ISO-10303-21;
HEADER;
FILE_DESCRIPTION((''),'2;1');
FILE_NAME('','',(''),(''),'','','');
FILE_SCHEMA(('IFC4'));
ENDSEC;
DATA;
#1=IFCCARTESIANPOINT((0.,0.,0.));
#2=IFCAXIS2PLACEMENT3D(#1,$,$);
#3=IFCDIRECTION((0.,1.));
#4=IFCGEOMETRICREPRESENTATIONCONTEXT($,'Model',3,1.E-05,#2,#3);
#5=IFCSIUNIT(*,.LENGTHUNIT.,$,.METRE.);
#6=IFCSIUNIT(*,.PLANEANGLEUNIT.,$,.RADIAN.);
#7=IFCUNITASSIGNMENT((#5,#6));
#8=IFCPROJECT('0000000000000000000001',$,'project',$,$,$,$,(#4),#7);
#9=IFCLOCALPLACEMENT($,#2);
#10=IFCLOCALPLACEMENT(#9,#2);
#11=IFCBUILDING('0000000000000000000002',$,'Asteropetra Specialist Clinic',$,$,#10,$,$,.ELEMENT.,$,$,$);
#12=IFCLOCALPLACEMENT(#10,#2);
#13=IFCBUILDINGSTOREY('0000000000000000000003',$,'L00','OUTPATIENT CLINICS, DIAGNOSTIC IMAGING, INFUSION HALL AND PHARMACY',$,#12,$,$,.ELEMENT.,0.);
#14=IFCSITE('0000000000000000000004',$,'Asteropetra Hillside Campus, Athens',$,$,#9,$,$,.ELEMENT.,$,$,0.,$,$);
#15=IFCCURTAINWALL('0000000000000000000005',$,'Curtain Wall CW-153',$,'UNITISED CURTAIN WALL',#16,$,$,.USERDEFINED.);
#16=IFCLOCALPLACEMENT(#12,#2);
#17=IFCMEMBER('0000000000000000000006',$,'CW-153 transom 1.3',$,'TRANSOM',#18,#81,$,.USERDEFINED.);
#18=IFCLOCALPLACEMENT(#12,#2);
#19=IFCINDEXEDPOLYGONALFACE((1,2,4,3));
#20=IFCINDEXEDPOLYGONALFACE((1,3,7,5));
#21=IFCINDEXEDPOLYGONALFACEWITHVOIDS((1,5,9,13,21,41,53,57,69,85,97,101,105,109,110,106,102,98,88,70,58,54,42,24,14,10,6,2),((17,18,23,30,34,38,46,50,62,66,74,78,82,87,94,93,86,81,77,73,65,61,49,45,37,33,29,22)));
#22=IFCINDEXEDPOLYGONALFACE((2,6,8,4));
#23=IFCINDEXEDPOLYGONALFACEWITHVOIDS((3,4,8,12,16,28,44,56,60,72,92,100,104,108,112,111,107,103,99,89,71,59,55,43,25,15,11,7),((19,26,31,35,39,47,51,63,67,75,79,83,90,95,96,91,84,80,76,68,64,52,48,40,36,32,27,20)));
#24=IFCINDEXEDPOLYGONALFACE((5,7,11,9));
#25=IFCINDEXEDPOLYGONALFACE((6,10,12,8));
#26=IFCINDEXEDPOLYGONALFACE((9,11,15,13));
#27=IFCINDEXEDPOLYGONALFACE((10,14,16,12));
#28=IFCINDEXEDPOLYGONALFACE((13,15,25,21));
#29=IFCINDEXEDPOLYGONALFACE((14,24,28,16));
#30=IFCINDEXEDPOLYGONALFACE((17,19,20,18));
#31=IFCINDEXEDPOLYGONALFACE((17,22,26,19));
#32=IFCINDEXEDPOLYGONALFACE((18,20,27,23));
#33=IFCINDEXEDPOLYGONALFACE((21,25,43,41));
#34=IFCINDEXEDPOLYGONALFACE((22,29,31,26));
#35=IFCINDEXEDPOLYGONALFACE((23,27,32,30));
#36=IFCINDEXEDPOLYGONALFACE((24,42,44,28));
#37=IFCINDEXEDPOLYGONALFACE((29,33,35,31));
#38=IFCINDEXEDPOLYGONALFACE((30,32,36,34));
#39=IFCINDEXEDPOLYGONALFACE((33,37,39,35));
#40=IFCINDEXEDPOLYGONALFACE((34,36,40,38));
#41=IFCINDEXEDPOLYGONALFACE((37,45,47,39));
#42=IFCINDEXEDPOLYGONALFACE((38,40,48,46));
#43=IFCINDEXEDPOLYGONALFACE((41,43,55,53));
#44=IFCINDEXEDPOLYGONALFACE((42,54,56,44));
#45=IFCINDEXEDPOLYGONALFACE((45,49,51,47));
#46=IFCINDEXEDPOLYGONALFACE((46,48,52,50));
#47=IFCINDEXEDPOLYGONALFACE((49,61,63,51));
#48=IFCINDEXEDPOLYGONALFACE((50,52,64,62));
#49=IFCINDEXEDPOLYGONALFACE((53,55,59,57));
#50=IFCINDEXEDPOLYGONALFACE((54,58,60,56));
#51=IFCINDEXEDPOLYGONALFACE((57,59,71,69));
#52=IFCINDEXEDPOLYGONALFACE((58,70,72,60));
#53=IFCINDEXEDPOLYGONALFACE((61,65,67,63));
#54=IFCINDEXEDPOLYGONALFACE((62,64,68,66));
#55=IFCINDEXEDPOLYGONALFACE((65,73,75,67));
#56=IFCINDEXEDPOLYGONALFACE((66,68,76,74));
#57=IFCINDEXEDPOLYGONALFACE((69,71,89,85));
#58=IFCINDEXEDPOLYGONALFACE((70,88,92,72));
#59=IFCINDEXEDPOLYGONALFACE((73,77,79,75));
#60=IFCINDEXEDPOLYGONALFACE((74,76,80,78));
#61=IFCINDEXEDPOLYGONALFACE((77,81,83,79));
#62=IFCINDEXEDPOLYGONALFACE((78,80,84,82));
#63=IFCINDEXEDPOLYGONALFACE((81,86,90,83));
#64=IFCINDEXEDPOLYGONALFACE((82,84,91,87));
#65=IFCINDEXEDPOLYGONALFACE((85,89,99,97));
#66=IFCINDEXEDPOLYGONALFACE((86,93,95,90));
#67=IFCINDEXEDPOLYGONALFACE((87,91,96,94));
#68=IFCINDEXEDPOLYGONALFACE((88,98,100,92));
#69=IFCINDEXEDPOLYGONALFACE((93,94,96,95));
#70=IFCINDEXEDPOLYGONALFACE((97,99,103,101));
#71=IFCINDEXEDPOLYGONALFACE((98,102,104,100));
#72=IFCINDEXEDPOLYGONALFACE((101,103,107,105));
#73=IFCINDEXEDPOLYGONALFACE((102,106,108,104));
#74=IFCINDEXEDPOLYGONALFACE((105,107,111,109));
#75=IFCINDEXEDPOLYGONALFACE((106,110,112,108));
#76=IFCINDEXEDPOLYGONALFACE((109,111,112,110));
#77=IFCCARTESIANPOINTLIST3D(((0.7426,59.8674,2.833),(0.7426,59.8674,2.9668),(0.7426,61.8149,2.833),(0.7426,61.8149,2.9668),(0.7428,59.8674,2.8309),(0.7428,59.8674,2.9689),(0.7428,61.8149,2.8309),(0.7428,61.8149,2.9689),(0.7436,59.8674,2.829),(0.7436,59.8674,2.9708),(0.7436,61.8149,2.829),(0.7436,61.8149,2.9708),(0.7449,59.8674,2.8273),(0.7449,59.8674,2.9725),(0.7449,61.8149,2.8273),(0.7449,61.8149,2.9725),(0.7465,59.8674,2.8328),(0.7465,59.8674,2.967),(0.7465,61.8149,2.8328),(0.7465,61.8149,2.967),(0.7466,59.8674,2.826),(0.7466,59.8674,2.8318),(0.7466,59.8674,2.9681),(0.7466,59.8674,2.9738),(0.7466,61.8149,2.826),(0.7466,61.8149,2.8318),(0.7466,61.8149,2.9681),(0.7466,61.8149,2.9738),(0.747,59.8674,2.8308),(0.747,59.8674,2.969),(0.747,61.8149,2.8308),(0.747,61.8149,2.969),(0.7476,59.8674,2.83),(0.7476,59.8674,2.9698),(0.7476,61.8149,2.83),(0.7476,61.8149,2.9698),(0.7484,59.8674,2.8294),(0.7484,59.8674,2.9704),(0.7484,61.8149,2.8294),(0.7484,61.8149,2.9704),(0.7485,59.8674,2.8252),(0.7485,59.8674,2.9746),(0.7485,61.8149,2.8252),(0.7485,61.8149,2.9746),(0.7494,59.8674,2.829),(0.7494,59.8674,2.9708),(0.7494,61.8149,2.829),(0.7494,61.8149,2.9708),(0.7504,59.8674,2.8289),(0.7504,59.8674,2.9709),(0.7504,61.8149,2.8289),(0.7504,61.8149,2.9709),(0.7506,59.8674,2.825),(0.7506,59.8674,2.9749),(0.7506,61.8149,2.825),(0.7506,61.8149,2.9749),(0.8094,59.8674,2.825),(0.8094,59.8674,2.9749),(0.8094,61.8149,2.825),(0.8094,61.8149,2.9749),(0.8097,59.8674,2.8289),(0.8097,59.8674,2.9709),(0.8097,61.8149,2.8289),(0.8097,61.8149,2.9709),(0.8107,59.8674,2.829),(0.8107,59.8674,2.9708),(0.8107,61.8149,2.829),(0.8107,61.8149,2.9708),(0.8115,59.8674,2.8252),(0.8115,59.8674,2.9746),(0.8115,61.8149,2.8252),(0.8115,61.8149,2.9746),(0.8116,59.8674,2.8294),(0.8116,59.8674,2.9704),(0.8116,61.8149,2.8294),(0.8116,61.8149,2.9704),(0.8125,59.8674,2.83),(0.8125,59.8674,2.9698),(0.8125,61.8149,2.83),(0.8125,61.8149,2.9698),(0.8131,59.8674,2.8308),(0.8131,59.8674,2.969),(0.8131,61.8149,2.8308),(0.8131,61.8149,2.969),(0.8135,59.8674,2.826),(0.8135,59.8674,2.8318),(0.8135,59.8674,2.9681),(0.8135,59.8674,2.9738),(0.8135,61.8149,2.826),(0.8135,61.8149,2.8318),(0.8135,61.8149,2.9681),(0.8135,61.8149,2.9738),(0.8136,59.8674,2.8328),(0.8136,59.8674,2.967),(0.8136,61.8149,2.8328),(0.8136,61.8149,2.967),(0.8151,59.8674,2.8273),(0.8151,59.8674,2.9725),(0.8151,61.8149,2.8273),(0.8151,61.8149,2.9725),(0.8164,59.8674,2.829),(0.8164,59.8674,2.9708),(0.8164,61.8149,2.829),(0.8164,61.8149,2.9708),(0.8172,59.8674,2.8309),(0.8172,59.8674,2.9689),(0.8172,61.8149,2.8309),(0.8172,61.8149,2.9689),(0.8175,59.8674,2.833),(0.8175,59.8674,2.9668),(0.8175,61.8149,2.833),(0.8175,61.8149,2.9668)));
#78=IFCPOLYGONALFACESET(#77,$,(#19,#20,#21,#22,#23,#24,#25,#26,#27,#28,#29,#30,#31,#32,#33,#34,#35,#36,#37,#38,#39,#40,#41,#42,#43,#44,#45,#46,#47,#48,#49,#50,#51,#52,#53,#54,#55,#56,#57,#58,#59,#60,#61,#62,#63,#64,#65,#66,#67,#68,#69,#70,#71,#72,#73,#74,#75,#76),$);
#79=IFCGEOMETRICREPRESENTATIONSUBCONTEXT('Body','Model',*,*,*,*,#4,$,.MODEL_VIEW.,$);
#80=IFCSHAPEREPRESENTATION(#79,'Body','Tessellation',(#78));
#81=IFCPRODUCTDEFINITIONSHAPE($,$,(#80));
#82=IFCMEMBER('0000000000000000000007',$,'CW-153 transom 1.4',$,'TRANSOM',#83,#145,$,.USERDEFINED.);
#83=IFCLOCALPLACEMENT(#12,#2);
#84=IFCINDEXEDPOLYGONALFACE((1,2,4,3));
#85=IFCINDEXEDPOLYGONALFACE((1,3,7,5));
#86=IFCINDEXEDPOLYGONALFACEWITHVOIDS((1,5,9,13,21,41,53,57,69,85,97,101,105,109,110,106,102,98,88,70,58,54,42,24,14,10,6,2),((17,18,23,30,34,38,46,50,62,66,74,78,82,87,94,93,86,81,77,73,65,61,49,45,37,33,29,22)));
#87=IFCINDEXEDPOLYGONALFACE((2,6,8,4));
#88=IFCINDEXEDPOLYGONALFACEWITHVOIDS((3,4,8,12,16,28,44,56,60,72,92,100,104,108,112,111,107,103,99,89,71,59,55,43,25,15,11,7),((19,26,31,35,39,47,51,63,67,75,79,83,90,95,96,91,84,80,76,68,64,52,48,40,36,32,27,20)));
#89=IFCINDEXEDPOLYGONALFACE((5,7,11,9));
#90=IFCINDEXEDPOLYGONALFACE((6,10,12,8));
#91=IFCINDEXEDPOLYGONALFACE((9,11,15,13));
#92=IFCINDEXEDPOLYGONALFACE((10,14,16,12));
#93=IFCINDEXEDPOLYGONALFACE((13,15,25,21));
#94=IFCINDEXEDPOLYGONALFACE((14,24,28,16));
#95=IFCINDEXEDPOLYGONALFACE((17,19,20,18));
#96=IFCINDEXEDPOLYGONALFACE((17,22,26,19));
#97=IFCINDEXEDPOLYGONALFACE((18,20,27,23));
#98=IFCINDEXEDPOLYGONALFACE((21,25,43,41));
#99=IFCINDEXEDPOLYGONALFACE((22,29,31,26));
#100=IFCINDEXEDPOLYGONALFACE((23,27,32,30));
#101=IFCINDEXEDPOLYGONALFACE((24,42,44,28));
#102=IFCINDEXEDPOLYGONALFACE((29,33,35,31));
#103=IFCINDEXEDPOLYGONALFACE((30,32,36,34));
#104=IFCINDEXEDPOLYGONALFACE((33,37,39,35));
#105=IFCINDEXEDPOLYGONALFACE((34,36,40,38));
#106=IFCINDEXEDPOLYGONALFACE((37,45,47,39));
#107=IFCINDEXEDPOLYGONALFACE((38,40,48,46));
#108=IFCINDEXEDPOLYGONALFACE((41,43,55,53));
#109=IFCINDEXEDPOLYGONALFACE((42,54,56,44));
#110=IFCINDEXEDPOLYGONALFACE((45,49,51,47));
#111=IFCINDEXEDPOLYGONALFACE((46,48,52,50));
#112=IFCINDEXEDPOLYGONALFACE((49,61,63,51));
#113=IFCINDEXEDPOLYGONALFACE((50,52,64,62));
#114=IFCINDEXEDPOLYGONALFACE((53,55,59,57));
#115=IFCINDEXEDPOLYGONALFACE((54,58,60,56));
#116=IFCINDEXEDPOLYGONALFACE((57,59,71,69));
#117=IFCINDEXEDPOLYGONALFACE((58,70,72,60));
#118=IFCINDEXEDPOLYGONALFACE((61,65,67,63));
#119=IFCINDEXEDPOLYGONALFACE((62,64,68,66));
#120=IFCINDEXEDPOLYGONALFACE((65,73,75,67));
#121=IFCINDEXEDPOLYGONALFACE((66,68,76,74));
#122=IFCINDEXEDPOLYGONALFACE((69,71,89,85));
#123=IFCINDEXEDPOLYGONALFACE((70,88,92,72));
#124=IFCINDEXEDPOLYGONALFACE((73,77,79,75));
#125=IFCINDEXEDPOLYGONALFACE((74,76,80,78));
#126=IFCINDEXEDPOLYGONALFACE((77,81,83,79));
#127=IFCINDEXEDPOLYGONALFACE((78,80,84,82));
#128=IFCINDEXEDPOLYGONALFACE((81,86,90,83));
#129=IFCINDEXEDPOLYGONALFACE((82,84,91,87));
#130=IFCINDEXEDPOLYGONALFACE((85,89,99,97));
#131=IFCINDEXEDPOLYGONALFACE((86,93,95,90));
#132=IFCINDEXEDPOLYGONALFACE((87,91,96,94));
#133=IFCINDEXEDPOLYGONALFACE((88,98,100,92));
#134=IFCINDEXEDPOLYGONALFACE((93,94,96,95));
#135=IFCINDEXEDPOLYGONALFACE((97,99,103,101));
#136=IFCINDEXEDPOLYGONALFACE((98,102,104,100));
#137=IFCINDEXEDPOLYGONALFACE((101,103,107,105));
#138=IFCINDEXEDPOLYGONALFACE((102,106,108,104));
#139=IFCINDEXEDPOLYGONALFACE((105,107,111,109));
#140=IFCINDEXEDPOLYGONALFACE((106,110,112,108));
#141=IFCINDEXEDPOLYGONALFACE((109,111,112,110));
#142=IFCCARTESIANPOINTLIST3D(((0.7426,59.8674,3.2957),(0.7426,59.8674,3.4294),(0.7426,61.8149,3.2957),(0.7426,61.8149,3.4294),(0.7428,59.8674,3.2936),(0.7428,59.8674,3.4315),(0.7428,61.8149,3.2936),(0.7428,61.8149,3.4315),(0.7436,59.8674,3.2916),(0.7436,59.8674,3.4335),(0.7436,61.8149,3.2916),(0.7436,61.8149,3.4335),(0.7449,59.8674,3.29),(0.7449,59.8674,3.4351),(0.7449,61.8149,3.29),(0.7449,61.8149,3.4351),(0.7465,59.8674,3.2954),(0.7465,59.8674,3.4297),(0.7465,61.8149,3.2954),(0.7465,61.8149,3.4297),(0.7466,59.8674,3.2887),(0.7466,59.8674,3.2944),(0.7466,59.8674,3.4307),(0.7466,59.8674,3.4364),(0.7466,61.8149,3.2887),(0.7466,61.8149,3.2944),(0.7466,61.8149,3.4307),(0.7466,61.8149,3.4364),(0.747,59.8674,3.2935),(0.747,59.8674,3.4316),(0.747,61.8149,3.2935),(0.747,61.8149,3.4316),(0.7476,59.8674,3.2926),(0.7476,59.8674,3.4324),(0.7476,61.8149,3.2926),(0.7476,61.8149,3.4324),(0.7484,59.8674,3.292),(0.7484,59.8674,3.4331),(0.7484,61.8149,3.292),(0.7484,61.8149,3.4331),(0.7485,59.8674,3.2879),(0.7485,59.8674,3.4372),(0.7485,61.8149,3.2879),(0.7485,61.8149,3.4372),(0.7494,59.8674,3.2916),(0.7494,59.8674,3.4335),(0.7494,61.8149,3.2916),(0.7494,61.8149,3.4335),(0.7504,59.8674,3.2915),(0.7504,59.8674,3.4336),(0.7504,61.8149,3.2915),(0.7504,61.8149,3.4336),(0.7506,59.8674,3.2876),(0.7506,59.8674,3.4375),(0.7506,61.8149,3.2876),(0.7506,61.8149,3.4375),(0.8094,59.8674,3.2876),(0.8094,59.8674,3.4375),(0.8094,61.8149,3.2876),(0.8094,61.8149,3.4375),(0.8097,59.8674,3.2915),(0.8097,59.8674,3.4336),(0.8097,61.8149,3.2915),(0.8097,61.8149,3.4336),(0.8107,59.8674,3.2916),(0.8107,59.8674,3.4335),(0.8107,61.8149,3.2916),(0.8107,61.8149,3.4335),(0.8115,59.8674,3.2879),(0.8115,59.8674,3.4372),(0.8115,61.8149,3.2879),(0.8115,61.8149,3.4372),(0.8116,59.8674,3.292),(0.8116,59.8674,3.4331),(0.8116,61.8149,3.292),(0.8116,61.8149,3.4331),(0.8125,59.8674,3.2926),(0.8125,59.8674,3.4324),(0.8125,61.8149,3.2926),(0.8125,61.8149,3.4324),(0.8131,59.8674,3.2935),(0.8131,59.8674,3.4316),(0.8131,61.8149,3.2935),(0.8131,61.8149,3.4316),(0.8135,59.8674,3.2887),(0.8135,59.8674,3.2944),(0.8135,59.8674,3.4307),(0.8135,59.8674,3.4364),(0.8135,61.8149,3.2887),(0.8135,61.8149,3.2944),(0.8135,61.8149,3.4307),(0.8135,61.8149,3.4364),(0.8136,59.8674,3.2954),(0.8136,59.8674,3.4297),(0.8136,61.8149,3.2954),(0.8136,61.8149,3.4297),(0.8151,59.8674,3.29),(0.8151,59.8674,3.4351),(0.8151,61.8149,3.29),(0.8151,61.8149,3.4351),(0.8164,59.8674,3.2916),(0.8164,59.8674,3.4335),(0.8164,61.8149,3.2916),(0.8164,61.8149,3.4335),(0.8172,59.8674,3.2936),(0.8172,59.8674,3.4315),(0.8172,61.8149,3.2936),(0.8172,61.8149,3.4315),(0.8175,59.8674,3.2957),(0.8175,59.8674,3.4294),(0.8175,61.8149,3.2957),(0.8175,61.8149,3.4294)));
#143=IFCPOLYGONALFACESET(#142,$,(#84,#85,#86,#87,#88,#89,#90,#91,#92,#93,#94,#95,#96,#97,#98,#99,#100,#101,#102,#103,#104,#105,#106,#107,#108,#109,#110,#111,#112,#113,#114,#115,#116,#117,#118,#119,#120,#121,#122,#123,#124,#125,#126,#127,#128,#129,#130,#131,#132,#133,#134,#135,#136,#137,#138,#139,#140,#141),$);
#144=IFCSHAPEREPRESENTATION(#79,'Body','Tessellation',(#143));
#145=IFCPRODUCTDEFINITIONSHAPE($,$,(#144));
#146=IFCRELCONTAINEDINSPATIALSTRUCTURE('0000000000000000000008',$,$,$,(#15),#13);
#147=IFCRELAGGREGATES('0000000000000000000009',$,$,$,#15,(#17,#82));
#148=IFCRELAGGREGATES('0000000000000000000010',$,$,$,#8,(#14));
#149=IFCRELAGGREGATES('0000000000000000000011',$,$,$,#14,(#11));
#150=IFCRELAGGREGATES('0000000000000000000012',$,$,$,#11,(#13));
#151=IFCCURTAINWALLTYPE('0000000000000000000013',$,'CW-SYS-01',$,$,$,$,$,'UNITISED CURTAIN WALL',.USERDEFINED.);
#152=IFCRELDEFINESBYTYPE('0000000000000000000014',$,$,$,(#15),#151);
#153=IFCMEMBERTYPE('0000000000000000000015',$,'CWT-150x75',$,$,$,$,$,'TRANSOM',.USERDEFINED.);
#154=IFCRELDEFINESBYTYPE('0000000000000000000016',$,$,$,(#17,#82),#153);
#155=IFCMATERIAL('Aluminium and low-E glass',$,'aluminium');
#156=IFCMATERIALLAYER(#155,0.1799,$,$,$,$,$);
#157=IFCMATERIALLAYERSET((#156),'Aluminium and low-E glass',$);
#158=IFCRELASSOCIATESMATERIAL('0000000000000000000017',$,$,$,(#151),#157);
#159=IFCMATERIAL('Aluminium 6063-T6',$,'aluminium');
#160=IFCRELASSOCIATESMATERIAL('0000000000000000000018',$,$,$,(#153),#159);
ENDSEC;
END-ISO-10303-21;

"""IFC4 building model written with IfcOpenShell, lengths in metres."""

from ifc_helpers import new_model, si_unit, direction, frame, origin, origin_2d, place, context, subcontext, project, spatial, hollow_rectangle, extrude, material, layer, layer_set, material_profile, profile_set, type_object, element, aggregate, save


model = new_model("IFC4")

# Units and contexts
model_context = context("Model", 3, precision=1e-05, world=origin(), true_north=direction((0.0, 1.0)))
body_context = subcontext(model_context, "Body", "Model", "MODEL_VIEW")
ifc_project = project(units=[si_unit("LENGTHUNIT", "METRE"), si_unit("PLANEANGLEUNIT", "RADIAN")], contexts=[model_context])

# Site, building, storey
site_placement = place(None, origin())
site = spatial("IfcSite", under=ifc_project, at=site_placement, Name="Asteropetra Hillside Campus, Athens", CompositionType="ELEMENT", RefElevation=0.0)
building_placement = place(site_placement, origin())
building = spatial("IfcBuilding", under=site, at=building_placement, Name="Asteropetra Specialist Clinic", CompositionType="ELEMENT")
storey_placement = place(building_placement, origin())
storey = spatial("IfcBuildingStorey", under=building, at=storey_placement, Name="L00", Description="OUTPATIENT CLINICS, DIAGNOSTIC IMAGING, INFUSION HALL AND PHARMACY", CompositionType="ELEMENT", Elevation=0.0)

# Curtain wall, members
ifc_material_1 = material(Name="Aluminium and low-E glass", Category="aluminium")
ifc_layer_1 = layer(ifc_material_1, 0.1799)
ifc_layer_set_1 = layer_set([ifc_layer_1], Name="Aluminium and low-E glass")
curtain_wall_type_1 = type_object("IfcCurtainWallType", Name="CW-SYS-01", ElementType="UNITISED CURTAIN WALL", PredefinedType="USERDEFINED", material=ifc_layer_set_1)
curtain_wall_1_placement = place(storey_placement, origin())
curtain_wall_1 = element("IfcCurtainWall", 1, at=curtain_wall_1_placement, inside=storey, type_object=curtain_wall_type_1, Name="Curtain Wall CW-153", ObjectType="UNITISED CURTAIN WALL", PredefinedType="USERDEFINED")
ifc_material_2 = material(Name="Aluminium 6063-T6", Category="aluminium")
ifc_material_profile_1 = material_profile(ifc_material_2, hollow_rectangle(XDim=0.075, YDim=0.1499, WallThickness=0.0039, InnerFilletRadius=0.0039, OuterFilletRadius=0.0081, at=origin_2d()), Name="TRN 150x75x4.0")
ifc_profile_set_1 = profile_set([ifc_material_profile_1], Name="Aluminium 6063-T6")
member_type_1 = type_object("IfcMemberType", Name="CWT-150x75", ElementType="TRANSOM", PredefinedType="USERDEFINED", material=ifc_profile_set_1)
member_1_placement = place(storey_placement, frame((0.78, 61.8149, 2.8999), z_axis=(0.0, -1.0, 0.0), x_axis=(1.0, 0.0, 0.0)))
member_1 = element("IfcMember", 2, at=member_1_placement, type_object=member_type_1, Name="CW-153 transom 1.3", ObjectType="TRANSOM", PredefinedType="USERDEFINED", context=body_context, shape_type="SweptSolid", body=[
    extrude(hollow_rectangle(XDim=0.075, YDim=0.1499, WallThickness=0.0039, InnerFilletRadius=0.0039, OuterFilletRadius=0.0081, at=origin_2d()), origin(), (0.0, 0.0, 1.0), 1.9475),
])
member_2_placement = place(storey_placement, frame((0.78, 61.8149, 3.3625), z_axis=(0.0, -1.0, 0.0), x_axis=(1.0, 0.0, 0.0)))
member_2 = element("IfcMember", 3, at=member_2_placement, type_object=member_type_1, Name="CW-153 transom 1.4", ObjectType="TRANSOM", PredefinedType="USERDEFINED", context=body_context, shape_type="SweptSolid", body=[
    extrude(hollow_rectangle(XDim=0.075, YDim=0.1499, WallThickness=0.0039, InnerFilletRadius=0.0039, OuterFilletRadius=0.0081, at=origin_2d()), origin(), (0.0, 0.0, 1.0), 1.9475),
])

aggregate(curtain_wall_1, [member_1, member_2])

save(model, "model.ifc")
